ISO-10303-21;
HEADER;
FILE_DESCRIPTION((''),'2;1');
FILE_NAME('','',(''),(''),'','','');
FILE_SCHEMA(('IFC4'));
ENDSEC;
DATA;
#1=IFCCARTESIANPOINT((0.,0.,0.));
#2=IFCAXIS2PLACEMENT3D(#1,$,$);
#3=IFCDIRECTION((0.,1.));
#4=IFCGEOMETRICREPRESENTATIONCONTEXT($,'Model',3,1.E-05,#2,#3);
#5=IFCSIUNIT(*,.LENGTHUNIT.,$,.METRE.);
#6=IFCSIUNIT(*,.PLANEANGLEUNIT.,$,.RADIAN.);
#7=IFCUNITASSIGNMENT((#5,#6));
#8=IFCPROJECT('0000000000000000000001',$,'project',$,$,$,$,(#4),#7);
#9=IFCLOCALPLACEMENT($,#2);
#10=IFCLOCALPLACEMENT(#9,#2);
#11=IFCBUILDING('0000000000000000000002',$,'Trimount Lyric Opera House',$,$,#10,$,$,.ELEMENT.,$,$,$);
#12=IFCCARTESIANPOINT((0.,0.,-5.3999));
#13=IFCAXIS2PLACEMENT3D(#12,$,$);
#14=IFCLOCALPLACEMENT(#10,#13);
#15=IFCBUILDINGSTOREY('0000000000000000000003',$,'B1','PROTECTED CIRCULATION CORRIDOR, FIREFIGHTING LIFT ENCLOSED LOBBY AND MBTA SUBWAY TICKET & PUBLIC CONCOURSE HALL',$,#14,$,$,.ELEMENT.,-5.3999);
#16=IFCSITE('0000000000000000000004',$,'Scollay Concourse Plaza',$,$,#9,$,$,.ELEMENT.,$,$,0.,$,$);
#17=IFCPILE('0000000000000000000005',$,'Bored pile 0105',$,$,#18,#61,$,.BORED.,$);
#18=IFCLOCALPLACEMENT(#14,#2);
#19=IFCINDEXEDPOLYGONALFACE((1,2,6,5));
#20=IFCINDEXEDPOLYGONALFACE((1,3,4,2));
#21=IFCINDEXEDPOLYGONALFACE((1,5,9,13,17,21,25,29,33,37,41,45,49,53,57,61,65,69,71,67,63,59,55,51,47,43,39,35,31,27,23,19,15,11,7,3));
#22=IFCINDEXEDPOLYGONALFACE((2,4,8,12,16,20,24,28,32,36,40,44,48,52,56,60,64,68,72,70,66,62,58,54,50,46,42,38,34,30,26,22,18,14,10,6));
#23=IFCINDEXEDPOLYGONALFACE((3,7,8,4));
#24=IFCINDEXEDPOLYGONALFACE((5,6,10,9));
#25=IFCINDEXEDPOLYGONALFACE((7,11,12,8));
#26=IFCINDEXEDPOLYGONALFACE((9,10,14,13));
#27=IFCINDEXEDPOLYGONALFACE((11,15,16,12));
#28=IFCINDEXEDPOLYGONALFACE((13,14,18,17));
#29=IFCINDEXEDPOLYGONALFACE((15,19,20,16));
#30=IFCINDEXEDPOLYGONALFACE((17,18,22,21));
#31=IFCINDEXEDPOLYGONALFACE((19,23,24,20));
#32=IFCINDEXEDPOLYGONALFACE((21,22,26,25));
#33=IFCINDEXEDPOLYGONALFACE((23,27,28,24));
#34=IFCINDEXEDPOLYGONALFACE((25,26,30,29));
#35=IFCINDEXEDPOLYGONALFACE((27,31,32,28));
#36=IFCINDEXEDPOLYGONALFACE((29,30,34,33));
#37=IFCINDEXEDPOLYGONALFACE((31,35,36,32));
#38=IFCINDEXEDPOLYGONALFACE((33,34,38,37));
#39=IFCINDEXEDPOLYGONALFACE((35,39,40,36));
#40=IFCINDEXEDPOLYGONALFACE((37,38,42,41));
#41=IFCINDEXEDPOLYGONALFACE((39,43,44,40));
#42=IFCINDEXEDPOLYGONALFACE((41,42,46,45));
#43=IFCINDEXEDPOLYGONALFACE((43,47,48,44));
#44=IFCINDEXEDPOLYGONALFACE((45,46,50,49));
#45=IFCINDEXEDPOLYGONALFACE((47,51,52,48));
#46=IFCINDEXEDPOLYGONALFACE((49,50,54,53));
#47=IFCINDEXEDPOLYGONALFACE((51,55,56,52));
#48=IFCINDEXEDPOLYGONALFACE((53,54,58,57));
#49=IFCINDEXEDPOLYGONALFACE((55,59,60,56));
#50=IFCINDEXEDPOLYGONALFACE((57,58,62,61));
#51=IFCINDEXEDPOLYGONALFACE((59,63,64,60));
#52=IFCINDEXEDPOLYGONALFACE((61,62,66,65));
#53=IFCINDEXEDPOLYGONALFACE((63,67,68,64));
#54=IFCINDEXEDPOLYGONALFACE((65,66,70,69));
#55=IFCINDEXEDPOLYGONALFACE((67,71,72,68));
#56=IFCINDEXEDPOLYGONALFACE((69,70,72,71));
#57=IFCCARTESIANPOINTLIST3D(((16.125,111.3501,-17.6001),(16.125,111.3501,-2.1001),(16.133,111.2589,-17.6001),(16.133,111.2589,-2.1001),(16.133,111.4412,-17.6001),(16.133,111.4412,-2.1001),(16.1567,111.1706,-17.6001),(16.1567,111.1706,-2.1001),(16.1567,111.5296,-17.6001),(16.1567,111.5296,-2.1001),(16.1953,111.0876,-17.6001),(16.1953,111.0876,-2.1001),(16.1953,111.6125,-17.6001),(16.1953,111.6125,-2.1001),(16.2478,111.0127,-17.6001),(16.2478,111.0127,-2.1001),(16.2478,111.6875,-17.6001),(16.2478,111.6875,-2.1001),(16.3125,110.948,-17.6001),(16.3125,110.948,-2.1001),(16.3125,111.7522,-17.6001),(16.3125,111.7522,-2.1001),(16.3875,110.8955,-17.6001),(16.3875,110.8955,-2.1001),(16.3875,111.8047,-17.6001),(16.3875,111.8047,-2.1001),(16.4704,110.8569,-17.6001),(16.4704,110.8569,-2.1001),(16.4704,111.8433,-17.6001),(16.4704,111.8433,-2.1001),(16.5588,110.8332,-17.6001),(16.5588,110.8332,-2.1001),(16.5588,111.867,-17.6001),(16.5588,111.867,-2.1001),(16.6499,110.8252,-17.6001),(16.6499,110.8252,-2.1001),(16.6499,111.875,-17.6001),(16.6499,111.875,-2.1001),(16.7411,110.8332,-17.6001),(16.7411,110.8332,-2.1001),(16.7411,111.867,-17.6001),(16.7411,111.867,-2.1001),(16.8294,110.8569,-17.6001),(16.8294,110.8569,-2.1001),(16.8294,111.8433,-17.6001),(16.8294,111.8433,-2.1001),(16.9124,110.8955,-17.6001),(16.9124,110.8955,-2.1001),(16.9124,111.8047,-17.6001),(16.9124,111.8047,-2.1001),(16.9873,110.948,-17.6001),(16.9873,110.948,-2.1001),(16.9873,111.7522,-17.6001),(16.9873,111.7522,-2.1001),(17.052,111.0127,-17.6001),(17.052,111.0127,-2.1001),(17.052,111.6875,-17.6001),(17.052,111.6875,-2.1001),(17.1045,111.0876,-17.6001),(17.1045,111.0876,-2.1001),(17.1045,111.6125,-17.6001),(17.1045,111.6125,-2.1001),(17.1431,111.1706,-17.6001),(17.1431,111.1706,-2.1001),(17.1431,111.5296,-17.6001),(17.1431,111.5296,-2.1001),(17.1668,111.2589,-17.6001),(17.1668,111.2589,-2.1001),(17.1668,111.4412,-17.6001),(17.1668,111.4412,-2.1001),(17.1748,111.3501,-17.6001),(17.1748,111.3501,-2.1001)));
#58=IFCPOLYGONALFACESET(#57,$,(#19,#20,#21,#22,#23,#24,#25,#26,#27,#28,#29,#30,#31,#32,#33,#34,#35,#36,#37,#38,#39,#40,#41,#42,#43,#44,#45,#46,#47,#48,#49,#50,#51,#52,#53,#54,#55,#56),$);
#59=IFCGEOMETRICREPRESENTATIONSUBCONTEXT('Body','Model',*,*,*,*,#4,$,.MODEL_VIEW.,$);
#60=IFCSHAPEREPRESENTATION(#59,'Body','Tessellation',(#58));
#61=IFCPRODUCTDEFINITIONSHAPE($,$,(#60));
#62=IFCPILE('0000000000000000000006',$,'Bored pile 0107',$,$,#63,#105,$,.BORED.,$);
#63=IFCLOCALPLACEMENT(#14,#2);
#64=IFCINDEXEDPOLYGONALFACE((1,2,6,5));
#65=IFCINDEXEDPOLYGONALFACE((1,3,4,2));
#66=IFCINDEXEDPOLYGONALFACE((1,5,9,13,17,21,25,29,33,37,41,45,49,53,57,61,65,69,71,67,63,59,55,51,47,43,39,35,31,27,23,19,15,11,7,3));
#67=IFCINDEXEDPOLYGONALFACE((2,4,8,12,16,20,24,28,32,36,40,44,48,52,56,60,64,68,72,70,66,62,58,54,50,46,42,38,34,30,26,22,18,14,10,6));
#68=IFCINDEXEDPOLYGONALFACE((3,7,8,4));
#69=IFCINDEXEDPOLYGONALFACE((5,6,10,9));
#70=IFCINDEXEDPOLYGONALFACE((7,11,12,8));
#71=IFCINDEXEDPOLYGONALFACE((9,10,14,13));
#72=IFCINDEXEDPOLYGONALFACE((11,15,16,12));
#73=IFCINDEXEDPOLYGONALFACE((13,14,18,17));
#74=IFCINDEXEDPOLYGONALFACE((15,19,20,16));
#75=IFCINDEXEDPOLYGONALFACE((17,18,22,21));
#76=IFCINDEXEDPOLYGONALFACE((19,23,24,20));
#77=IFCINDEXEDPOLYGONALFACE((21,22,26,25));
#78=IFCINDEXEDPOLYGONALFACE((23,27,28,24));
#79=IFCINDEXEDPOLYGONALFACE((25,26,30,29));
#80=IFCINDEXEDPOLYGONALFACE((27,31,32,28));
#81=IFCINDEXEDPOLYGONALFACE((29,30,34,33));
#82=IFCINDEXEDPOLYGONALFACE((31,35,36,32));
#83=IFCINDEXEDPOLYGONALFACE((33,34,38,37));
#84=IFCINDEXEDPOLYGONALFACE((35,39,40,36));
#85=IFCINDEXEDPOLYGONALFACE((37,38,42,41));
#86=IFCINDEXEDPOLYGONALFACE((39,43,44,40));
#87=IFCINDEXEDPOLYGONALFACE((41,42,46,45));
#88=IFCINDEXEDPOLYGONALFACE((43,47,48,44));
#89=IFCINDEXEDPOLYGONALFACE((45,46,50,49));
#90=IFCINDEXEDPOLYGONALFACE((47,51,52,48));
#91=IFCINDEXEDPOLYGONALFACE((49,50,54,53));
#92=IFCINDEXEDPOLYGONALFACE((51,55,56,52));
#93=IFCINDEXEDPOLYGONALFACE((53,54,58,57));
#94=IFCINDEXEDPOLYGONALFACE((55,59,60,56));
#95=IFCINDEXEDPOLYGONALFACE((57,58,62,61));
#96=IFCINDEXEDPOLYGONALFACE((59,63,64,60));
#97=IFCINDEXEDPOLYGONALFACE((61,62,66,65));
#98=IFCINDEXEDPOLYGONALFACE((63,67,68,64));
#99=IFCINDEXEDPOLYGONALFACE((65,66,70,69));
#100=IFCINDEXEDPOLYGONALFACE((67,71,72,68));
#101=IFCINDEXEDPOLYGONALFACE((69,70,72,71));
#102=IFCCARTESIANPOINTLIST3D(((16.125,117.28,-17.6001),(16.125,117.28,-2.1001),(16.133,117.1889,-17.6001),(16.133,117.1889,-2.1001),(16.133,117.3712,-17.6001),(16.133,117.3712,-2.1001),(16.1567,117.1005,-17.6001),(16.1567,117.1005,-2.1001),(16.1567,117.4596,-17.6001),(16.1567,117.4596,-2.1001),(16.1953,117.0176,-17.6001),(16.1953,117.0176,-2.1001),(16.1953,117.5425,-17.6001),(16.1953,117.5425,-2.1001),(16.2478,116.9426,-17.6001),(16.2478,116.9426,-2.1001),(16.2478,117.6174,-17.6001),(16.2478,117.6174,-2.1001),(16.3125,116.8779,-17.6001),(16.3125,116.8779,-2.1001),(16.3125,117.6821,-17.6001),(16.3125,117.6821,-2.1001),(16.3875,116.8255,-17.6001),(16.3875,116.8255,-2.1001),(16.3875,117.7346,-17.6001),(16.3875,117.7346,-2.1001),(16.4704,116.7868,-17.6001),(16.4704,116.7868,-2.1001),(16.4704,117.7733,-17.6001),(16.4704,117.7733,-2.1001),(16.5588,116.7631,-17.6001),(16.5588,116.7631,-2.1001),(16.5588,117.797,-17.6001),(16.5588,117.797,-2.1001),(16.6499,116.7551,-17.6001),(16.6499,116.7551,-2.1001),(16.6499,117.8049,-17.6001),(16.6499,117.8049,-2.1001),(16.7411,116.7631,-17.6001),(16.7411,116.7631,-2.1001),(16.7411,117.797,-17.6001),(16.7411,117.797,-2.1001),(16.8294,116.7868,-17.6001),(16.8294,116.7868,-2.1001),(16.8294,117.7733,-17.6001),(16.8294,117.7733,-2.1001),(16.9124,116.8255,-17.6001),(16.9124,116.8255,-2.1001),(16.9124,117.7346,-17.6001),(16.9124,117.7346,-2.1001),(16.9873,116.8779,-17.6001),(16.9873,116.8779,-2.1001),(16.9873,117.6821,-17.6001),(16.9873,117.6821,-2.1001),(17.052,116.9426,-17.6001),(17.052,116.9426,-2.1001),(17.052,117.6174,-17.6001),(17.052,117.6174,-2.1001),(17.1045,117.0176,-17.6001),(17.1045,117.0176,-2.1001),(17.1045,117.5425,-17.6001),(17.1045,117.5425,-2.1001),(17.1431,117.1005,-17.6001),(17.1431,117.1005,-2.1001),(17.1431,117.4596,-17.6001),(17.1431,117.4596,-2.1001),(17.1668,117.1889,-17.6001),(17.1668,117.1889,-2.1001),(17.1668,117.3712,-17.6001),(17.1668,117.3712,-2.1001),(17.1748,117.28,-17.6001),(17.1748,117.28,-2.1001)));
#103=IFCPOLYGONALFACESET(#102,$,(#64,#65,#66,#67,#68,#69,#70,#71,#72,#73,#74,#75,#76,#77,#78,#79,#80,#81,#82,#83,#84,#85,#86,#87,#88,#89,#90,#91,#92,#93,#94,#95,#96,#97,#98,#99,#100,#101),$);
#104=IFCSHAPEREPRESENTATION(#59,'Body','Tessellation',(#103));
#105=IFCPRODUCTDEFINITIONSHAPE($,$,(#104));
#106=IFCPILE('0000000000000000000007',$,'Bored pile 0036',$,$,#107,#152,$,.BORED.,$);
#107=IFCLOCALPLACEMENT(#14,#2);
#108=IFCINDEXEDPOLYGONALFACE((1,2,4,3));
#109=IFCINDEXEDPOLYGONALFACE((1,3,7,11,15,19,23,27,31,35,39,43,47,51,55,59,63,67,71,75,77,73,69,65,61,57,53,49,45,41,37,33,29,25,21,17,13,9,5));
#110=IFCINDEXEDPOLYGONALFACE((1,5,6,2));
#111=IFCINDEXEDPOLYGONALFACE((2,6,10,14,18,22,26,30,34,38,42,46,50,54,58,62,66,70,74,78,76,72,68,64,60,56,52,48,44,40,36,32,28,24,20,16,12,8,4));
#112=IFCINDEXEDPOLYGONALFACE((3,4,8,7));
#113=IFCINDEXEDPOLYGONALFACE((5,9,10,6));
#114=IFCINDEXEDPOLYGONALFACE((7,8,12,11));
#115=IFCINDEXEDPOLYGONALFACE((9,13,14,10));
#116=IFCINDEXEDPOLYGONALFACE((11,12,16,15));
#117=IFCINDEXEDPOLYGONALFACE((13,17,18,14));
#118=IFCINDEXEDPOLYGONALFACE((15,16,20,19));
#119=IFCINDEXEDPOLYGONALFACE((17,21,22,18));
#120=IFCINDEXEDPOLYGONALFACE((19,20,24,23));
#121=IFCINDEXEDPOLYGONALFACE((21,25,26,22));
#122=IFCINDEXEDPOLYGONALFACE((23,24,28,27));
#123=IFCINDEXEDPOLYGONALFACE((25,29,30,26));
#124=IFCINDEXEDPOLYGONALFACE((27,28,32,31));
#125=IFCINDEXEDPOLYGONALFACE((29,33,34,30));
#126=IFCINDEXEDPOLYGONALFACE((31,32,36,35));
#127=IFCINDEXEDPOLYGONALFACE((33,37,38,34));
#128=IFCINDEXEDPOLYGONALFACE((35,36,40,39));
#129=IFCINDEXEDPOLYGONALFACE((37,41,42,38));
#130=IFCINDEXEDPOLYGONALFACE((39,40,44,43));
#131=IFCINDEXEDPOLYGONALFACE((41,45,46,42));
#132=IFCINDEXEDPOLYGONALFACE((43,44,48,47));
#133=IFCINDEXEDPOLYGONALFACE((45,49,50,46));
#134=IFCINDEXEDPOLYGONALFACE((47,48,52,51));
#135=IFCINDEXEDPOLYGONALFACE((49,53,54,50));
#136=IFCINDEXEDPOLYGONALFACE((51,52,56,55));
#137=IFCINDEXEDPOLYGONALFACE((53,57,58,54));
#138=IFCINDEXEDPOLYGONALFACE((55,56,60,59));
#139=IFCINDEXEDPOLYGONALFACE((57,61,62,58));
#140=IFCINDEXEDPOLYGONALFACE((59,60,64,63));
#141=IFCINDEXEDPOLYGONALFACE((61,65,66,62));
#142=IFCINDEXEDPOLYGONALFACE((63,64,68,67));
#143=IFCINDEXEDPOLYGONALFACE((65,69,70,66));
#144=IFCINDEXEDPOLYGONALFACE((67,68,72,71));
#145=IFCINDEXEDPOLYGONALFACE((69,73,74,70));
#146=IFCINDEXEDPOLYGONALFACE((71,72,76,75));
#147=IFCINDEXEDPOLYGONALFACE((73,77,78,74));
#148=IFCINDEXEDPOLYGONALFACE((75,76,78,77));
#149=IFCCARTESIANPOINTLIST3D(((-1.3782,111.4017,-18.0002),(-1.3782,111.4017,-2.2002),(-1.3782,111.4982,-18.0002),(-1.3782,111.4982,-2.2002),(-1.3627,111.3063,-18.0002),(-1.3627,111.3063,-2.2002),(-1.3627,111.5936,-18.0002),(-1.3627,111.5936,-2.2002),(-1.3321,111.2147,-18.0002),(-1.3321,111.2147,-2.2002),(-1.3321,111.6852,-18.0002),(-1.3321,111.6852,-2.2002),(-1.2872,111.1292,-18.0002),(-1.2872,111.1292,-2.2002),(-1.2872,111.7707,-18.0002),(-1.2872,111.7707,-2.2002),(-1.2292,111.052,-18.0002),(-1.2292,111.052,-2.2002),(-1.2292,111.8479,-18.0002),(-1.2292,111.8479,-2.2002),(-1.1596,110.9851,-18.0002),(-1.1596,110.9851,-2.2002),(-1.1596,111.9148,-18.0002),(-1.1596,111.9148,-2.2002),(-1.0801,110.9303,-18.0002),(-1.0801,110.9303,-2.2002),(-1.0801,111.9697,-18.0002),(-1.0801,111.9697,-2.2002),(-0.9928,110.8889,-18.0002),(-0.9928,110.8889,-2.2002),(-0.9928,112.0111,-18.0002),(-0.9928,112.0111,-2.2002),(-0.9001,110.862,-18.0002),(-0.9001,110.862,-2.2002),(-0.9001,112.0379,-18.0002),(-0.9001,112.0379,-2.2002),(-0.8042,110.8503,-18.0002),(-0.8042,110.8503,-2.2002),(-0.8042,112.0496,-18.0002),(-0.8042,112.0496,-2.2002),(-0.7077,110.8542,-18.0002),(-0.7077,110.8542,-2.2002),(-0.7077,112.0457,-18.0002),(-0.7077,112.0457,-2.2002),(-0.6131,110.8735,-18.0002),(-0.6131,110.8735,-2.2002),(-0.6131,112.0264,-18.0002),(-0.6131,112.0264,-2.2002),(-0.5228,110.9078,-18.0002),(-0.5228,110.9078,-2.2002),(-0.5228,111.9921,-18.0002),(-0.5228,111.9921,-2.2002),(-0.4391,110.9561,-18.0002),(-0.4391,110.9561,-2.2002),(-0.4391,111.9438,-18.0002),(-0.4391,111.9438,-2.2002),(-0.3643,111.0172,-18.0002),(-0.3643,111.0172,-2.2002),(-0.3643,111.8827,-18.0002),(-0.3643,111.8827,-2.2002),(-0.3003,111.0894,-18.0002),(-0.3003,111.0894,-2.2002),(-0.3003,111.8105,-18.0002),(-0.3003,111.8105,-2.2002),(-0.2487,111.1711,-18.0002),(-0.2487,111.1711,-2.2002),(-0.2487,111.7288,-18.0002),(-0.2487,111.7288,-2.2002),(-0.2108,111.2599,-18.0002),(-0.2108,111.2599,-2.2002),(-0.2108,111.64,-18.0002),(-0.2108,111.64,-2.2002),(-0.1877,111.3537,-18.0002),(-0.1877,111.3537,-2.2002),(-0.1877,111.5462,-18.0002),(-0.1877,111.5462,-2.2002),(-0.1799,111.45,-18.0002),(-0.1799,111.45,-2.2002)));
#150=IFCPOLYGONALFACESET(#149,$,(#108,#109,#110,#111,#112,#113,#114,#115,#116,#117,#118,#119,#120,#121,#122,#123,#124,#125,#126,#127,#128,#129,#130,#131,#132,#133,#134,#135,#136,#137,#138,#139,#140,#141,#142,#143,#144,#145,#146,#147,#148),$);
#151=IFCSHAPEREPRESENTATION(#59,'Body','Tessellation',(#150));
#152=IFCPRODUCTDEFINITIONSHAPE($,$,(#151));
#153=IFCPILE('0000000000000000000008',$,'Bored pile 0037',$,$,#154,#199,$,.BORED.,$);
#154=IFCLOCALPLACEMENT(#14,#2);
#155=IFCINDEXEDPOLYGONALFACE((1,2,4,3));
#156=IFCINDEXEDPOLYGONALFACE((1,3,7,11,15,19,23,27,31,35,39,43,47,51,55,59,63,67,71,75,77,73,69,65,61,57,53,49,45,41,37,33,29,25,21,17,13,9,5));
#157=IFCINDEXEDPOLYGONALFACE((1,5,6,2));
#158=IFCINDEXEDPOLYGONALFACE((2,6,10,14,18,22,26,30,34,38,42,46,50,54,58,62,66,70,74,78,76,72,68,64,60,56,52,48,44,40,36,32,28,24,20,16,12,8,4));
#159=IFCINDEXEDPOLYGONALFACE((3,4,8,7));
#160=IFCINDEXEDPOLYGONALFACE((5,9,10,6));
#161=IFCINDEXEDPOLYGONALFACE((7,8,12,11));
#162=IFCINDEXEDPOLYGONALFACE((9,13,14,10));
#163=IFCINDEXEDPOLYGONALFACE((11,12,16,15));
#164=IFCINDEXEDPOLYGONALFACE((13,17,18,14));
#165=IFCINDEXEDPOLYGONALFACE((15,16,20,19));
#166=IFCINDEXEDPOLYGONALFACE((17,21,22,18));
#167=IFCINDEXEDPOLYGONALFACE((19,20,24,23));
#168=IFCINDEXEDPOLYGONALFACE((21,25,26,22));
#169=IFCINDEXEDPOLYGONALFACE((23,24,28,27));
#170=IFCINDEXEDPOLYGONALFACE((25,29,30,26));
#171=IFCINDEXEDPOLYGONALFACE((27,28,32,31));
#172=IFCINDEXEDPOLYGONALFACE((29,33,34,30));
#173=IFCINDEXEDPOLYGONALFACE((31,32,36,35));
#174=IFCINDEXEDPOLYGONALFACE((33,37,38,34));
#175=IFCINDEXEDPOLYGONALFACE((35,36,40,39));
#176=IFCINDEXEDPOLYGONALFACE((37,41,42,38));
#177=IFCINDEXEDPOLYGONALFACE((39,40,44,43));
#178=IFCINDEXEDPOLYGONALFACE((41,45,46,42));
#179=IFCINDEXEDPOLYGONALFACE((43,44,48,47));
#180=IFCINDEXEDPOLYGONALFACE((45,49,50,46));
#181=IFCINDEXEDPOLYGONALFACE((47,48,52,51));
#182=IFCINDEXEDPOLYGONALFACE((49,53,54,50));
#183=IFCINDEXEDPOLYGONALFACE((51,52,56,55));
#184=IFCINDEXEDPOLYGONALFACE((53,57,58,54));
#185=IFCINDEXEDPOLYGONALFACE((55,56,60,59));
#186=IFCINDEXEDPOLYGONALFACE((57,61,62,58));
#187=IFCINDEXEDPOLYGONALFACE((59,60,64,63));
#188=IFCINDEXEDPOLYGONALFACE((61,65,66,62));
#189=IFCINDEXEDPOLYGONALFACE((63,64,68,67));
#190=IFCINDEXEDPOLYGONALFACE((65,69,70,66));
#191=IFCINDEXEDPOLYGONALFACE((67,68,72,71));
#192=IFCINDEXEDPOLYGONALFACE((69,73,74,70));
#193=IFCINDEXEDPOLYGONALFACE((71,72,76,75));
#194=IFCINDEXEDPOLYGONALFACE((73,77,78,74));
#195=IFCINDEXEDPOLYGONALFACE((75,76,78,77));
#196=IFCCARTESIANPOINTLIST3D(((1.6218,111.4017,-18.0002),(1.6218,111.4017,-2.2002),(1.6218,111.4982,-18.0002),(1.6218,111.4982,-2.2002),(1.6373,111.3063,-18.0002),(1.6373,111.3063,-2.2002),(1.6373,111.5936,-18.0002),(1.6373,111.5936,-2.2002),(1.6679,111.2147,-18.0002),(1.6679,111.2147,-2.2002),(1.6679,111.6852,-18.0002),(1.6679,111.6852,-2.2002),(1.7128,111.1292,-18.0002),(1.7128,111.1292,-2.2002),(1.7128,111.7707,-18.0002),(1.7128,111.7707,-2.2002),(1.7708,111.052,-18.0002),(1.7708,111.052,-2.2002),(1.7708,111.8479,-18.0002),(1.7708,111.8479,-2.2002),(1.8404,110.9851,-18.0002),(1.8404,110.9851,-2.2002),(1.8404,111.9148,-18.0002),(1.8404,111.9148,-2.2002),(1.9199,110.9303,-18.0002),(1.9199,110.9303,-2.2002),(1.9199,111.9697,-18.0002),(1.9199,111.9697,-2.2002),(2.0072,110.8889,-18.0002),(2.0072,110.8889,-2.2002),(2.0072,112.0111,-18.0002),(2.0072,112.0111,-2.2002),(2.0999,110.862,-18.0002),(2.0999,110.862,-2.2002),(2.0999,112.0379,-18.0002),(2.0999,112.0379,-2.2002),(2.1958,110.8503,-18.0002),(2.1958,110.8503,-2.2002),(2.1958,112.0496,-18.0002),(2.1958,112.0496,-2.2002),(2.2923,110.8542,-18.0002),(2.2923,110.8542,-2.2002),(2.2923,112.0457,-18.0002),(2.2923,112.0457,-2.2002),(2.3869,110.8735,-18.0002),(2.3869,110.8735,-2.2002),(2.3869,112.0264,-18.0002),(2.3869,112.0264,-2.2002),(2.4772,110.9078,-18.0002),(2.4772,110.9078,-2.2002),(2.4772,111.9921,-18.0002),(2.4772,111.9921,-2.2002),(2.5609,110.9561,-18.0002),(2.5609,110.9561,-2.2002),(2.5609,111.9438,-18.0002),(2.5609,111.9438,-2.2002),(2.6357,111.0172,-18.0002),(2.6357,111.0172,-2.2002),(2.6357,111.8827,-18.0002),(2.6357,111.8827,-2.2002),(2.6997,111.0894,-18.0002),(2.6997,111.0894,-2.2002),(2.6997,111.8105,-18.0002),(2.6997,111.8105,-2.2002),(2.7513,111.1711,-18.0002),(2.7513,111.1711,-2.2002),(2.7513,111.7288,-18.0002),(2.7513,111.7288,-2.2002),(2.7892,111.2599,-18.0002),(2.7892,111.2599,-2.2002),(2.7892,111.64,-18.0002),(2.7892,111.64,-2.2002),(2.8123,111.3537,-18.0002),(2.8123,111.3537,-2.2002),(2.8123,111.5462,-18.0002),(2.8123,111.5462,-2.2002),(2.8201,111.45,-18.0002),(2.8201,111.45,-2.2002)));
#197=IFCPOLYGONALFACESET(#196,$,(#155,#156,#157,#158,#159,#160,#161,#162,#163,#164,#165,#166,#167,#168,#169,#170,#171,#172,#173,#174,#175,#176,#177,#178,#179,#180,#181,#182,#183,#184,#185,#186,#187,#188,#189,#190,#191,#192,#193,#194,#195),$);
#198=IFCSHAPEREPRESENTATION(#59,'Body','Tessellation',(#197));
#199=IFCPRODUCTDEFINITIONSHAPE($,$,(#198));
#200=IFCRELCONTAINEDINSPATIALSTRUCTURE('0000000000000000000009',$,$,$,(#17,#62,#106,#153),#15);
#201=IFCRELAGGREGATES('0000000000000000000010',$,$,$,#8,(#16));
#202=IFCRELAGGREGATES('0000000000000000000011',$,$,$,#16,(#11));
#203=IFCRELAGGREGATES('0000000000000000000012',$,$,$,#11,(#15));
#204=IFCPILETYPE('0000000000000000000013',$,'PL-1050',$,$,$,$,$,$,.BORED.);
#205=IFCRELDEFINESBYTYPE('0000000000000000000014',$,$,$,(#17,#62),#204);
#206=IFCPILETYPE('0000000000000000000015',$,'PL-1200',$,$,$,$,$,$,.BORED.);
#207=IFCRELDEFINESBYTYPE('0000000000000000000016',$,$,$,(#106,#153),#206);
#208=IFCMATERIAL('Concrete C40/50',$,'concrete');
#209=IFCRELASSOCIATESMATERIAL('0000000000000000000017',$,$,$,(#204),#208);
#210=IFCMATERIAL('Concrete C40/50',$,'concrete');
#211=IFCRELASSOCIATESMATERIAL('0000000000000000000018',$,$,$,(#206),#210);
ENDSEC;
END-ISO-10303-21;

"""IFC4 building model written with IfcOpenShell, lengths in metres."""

from ifc_helpers import new_model, si_unit, direction, frame, origin, origin_2d, place, context, subcontext, project, spatial, circle, extrude, material, material_profile, profile_set, type_object, element, save


model = new_model("IFC4")

# Units and contexts
model_context = context("Model", 3, precision=1e-05, world=origin(), true_north=direction((0.0, 1.0)))
body_context = subcontext(model_context, "Body", "Model", "MODEL_VIEW")
ifc_project = project(units=[si_unit("LENGTHUNIT", "METRE"), si_unit("PLANEANGLEUNIT", "RADIAN")], contexts=[model_context])

# Site, building, storey
site_placement = place(None, origin())
site = spatial("IfcSite", under=ifc_project, at=site_placement, Name="Scollay Concourse Plaza", CompositionType="ELEMENT", RefElevation=0.0)
building_placement = place(site_placement, origin())
building = spatial("IfcBuilding", under=site, at=building_placement, Name="Trimount Lyric Opera House", CompositionType="ELEMENT")
storey_placement = place(building_placement, frame((0.0, 0.0, -5.3999)))
storey = spatial("IfcBuildingStorey", under=building, at=storey_placement, Name="B1", Description="PROTECTED CIRCULATION CORRIDOR, FIREFIGHTING LIFT ENCLOSED LOBBY AND MBTA SUBWAY TICKET & PUBLIC CONCOURSE HALL", CompositionType="ELEMENT", Elevation=-5.3999)

# Piles
ifc_material_1 = material(Name="Concrete C40/50", Category="concrete")
ifc_material_profile_1 = material_profile(ifc_material_1, circle(Radius=0.5249, at=origin_2d()), Name="PILE-D1050")
ifc_profile_set_1 = profile_set([ifc_material_profile_1], Name="Concrete C40/50")
pile_type_1 = type_object("IfcPileType", Name="PL-1050", PredefinedType="BORED", material=ifc_profile_set_1)
for number, where, z_axis, x_axis, name in (
    (1, (16.6499, 111.3501, -2.1001), (0.0, 0.0, -1.0), (1.0, 0.0, 0.0), "Bored pile 0105"),
    (2, (16.6499, 117.28, -2.1001), (0.0, 0.0, -1.0), (1.0, 0.0, 0.0), "Bored pile 0107"),
):
    element("IfcPile", number, at=place(storey_placement, frame(where, z_axis=z_axis, x_axis=x_axis)), inside=storey, type_object=pile_type_1, Name=name, PredefinedType="BORED", context=body_context, shape_type="SweptSolid", body=[
        extrude(circle(Radius=0.5249, at=origin_2d()), origin(), (0.0, 0.0, 1.0), 15.5),
    ])
ifc_material_2 = material(Name="Concrete C40/50", Category="concrete")
ifc_material_profile_2 = material_profile(ifc_material_2, circle(Radius=0.6001, at=origin_2d()), Name="PILE-D1200")
ifc_profile_set_2 = profile_set([ifc_material_profile_2], Name="Concrete C40/50")
pile_type_2 = type_object("IfcPileType", Name="PL-1200", PredefinedType="BORED", material=ifc_profile_set_2)
for number, where, z_axis, x_axis, name in (
    (3, (-0.78, 111.45, -2.2002), (0.0, 0.0, -1.0), (1.0, 0.0, 0.0), "Bored pile 0036"),
    (4, (2.22, 111.45, -2.2002), (0.0, 0.0, -1.0), (1.0, 0.0, 0.0), "Bored pile 0037"),
):
    element("IfcPile", number, at=place(storey_placement, frame(where, z_axis=z_axis, x_axis=x_axis)), inside=storey, type_object=pile_type_2, Name=name, PredefinedType="BORED", context=body_context, shape_type="SweptSolid", body=[
        extrude(circle(Radius=0.6001, at=origin_2d()), origin(), (0.0, 0.0, 1.0), 15.8),
    ])

save(model, "model.ifc")
